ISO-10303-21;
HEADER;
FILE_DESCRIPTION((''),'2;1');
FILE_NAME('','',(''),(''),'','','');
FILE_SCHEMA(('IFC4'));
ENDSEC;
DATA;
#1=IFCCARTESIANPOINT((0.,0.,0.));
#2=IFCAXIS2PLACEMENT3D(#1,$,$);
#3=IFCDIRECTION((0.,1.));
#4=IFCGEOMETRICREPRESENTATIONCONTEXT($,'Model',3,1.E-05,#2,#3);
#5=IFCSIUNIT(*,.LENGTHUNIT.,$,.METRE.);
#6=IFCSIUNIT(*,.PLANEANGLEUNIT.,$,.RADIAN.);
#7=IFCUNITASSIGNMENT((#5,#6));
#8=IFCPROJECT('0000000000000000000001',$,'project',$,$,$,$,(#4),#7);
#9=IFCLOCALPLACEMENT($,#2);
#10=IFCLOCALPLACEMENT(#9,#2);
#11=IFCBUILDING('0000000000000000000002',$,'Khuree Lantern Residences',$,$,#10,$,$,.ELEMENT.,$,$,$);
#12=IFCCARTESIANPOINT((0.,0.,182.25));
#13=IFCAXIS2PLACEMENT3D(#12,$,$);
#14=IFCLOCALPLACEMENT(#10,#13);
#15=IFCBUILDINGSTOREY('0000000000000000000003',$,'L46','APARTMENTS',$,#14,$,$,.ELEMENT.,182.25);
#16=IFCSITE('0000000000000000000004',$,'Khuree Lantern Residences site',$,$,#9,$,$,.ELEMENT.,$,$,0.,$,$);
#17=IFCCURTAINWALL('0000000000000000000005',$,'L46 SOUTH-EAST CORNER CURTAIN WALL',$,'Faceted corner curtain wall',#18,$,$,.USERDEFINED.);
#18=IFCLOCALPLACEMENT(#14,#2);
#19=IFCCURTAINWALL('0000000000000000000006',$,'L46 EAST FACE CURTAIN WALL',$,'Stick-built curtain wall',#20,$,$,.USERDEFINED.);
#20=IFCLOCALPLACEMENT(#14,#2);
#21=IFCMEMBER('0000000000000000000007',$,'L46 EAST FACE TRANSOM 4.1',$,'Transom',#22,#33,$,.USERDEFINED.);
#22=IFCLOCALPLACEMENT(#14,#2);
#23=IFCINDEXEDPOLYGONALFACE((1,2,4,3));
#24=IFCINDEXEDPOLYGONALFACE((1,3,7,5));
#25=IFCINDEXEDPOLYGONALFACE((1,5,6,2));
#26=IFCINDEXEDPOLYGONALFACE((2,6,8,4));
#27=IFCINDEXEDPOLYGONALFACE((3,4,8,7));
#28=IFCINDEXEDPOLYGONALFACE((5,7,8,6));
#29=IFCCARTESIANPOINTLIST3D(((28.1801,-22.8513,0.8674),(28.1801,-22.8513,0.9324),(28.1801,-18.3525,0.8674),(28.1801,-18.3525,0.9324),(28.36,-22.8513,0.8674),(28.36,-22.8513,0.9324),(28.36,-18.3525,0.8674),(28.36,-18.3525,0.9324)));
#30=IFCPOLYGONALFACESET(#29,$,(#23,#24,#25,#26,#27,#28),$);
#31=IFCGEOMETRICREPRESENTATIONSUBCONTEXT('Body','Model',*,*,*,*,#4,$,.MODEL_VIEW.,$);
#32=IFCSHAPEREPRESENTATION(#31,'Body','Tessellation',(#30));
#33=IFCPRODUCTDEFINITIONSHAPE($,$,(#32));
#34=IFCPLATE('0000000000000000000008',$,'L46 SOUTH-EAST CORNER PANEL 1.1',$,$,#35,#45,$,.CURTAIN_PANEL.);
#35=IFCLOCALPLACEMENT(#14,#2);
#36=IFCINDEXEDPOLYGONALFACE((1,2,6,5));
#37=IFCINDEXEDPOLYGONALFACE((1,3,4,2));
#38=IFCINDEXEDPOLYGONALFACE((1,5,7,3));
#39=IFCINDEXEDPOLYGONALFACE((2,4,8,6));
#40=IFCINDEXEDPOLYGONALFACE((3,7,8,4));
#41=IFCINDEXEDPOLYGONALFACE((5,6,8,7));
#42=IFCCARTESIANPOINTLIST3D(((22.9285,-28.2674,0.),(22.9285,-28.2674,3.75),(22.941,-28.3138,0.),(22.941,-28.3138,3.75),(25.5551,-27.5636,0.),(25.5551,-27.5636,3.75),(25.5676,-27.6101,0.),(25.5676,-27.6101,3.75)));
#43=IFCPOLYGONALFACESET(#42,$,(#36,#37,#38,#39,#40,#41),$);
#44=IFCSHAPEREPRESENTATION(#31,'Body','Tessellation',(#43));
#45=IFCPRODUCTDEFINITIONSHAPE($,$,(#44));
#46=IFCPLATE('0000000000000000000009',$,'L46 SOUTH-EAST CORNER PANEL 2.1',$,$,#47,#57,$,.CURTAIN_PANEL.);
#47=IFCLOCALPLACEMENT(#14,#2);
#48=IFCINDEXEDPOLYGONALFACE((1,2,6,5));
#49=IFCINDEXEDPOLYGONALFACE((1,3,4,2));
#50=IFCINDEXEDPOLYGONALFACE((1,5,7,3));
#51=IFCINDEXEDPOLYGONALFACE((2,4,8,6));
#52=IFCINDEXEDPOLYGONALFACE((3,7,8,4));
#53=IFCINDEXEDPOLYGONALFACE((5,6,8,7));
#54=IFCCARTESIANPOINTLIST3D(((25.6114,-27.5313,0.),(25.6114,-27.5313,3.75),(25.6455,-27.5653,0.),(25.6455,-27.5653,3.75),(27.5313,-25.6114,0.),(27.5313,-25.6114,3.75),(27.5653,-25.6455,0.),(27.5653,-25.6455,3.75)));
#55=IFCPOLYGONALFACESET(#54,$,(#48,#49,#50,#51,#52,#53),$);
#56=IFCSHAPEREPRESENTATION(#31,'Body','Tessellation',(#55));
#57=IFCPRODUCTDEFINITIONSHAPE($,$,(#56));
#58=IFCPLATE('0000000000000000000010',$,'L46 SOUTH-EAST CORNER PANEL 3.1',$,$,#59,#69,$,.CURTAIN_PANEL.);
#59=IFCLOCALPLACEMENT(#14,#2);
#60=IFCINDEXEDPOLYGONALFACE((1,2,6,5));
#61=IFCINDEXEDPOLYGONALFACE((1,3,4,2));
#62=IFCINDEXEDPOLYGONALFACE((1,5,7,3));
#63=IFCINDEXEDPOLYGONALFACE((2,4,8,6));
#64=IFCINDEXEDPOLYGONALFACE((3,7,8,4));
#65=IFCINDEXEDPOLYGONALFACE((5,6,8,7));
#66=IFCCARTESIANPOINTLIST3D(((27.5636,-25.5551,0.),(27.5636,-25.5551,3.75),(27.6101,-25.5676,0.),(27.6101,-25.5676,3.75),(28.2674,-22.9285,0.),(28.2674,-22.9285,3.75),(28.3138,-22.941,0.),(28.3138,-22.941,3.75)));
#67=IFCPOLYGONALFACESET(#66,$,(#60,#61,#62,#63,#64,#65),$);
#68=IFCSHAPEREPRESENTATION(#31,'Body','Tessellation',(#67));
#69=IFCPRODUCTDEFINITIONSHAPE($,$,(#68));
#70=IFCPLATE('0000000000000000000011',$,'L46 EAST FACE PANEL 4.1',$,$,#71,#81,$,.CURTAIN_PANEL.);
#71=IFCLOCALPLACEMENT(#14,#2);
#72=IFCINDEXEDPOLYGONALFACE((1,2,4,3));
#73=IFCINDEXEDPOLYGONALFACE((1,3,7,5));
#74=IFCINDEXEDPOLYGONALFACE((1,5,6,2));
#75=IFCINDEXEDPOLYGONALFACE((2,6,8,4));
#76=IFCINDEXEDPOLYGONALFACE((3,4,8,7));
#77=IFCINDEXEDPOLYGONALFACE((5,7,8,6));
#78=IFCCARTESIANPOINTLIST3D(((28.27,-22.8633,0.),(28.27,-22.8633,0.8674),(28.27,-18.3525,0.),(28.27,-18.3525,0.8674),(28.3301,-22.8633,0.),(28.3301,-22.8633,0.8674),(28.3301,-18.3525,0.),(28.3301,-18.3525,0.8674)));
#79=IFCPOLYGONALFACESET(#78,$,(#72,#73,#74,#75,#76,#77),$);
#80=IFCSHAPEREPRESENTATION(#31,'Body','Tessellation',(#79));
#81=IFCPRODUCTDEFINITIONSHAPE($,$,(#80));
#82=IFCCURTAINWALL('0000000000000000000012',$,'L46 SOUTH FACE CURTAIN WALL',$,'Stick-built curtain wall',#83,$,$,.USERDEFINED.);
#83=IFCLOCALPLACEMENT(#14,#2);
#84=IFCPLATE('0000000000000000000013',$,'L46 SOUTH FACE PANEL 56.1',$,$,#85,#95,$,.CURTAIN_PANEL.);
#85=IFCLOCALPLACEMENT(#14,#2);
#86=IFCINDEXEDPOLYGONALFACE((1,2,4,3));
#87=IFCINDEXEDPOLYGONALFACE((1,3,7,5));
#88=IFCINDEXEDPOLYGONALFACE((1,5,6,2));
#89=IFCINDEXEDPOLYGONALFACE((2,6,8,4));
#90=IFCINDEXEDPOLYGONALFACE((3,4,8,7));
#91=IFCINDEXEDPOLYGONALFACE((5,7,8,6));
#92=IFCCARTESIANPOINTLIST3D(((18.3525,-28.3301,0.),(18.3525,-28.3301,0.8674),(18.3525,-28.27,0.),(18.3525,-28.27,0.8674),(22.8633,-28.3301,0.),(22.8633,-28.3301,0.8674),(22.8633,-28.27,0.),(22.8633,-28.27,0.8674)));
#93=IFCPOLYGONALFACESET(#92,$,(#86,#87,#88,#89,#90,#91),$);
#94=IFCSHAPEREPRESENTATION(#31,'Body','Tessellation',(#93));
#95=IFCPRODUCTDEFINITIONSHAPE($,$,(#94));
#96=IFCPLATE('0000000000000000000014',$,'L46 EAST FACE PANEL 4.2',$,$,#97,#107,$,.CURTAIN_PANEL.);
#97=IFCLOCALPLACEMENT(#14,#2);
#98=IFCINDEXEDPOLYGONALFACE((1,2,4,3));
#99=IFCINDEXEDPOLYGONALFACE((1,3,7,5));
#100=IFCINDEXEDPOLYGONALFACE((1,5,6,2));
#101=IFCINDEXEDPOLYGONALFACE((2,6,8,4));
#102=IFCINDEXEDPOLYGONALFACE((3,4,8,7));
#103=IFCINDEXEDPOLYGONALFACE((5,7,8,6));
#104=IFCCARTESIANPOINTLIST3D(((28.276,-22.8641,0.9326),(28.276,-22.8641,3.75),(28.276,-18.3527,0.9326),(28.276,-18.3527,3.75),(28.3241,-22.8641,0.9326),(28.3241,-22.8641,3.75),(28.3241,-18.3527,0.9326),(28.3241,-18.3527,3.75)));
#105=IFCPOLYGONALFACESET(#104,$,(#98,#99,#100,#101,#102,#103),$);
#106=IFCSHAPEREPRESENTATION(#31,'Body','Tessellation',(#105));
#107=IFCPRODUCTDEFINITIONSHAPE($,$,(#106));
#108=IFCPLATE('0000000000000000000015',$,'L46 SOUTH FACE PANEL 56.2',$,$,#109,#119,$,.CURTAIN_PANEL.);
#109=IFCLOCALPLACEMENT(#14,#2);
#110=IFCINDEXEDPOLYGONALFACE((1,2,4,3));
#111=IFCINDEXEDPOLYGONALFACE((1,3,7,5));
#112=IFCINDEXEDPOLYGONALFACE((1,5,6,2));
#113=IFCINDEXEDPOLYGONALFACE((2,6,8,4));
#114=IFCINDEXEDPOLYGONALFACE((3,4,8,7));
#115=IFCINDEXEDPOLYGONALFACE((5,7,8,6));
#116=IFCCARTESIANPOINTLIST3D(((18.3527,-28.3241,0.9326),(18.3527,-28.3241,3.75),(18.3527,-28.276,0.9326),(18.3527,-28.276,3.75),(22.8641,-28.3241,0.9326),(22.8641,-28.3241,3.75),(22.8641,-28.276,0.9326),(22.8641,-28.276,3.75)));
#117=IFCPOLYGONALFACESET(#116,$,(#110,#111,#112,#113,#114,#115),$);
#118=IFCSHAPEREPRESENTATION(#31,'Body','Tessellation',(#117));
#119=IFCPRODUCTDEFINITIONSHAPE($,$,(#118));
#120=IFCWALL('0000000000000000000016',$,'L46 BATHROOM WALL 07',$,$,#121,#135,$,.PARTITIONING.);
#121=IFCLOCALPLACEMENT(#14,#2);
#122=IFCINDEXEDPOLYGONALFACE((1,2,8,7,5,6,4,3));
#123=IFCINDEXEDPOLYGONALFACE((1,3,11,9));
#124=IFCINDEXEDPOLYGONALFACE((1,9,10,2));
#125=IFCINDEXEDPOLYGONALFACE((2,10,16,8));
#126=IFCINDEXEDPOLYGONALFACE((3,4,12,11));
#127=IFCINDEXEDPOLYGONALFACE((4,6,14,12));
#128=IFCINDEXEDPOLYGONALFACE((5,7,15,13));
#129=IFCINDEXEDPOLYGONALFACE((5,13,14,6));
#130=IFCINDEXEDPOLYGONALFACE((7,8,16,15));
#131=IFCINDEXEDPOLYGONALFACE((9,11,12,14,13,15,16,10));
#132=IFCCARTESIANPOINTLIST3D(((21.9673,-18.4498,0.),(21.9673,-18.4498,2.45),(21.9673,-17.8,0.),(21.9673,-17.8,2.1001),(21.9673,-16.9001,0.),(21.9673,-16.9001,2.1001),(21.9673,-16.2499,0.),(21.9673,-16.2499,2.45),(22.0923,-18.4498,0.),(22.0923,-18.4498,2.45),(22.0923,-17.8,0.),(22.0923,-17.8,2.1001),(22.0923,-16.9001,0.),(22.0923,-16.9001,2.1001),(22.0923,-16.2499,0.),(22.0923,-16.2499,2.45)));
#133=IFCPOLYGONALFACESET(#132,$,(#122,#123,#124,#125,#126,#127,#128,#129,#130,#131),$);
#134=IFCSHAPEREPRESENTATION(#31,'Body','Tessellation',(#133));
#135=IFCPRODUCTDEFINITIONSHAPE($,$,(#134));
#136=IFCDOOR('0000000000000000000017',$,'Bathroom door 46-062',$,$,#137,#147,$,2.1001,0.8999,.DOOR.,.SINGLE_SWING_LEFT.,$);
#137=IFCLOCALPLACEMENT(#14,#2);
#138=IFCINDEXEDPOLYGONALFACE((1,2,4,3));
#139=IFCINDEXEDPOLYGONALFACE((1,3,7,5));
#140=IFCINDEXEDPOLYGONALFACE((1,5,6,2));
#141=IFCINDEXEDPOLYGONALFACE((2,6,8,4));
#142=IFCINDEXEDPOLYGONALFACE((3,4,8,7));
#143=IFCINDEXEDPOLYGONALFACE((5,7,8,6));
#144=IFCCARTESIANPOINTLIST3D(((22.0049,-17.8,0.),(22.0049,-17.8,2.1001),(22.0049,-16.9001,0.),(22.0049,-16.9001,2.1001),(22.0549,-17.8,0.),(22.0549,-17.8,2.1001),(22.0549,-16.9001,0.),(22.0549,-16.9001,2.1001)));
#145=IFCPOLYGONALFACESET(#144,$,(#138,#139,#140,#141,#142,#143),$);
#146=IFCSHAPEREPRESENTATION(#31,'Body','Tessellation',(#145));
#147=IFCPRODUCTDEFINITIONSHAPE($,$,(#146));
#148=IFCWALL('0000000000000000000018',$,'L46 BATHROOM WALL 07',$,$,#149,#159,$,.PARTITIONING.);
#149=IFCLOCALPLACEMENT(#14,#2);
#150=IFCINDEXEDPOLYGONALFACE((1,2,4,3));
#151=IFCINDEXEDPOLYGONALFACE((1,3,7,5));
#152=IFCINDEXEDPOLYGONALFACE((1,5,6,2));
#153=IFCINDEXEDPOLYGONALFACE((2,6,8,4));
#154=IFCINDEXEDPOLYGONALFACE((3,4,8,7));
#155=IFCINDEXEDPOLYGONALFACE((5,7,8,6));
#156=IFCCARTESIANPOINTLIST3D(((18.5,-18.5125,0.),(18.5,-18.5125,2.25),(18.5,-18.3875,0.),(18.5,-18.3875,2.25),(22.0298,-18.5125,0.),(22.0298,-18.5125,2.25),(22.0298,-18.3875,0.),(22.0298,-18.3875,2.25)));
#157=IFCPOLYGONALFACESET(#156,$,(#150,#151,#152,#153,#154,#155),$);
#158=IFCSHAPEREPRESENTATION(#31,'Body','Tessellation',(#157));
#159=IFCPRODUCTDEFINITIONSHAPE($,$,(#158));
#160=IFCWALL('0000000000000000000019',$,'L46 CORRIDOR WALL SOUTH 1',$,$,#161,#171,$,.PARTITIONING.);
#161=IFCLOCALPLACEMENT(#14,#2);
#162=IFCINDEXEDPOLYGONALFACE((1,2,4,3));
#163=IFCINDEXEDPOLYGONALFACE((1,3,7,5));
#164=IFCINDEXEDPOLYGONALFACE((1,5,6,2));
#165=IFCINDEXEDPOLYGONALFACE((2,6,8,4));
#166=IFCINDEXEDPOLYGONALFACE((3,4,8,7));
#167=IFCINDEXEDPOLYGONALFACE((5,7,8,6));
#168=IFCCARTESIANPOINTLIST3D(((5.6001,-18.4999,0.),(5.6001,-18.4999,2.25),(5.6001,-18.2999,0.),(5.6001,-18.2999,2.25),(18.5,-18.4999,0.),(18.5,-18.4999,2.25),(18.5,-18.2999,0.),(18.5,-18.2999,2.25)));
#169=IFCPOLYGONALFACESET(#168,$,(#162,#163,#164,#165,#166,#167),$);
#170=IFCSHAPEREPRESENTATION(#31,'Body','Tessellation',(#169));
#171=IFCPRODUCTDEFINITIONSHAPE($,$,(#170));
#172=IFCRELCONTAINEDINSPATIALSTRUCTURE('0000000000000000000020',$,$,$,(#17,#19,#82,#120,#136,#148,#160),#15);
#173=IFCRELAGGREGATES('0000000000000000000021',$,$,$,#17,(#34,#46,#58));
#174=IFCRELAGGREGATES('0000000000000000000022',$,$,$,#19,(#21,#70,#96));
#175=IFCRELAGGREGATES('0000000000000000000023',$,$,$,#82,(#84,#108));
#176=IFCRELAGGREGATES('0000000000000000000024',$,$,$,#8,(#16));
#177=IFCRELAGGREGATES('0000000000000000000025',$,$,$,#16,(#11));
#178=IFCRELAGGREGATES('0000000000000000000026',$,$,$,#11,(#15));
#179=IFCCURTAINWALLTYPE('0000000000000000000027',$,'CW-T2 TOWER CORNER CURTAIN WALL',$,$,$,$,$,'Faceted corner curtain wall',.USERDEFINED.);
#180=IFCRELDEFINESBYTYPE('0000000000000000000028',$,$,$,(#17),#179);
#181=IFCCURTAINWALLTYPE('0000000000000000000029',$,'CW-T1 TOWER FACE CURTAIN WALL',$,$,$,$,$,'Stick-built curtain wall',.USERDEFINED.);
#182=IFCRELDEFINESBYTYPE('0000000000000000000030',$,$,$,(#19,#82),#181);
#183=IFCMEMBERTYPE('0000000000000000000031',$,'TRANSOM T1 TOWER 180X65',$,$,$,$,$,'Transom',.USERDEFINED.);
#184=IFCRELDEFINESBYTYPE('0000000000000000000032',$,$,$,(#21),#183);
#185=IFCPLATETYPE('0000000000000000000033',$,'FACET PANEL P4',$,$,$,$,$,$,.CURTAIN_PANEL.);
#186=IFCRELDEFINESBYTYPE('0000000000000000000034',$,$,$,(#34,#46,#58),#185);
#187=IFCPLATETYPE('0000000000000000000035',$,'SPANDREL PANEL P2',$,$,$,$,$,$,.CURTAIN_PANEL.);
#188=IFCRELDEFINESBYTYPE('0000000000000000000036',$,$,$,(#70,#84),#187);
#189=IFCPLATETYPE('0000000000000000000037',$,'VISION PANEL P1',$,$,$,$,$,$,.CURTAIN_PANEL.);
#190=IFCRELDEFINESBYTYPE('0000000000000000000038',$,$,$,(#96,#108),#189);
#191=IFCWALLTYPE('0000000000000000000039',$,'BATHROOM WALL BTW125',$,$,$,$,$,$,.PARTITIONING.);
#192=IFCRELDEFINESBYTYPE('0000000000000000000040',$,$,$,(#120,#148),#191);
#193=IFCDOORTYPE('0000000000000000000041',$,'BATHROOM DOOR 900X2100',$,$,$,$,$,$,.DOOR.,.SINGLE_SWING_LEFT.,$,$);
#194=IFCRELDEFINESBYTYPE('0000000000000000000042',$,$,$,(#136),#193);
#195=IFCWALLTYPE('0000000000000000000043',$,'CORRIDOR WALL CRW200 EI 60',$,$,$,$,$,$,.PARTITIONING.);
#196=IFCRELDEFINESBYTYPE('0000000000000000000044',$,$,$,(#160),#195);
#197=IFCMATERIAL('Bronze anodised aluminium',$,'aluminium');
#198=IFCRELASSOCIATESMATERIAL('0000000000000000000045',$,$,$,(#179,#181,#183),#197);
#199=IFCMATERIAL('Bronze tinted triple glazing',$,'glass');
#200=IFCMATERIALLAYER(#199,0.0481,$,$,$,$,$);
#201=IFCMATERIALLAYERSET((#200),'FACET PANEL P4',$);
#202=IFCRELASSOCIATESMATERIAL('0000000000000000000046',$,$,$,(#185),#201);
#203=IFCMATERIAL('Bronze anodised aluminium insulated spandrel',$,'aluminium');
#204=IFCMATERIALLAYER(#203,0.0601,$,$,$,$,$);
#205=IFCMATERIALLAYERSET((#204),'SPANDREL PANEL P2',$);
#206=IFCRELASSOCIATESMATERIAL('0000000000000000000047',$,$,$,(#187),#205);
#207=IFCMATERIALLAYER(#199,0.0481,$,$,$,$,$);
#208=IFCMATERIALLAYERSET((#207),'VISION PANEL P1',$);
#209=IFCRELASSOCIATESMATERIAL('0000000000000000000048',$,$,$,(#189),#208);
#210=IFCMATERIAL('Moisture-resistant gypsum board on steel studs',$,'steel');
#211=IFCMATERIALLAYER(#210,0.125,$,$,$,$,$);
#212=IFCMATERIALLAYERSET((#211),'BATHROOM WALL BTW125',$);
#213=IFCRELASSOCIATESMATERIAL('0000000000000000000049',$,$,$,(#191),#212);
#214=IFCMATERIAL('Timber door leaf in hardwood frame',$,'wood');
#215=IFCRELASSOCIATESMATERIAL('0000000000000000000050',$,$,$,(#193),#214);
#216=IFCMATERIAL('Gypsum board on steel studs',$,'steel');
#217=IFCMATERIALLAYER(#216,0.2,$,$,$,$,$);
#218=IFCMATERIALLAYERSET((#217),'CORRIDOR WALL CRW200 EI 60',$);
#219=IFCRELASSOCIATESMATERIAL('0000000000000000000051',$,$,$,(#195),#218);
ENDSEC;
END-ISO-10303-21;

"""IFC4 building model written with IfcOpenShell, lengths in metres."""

from ifc_helpers import new_model, si_unit, direction, frame, frame_2d, origin, origin_2d, place, context, subcontext, project, spatial, rectangle, extrude, material, layer, layer_set, material_profile, profile_set, type_object, element, fill, aggregate, save


model = new_model("IFC4")

# Units and contexts
model_context = context("Model", 3, precision=1e-05, world=origin(), true_north=direction((0.0, 1.0)))
body_context = subcontext(model_context, "Body", "Model", "MODEL_VIEW")
ifc_project = project(units=[si_unit("LENGTHUNIT", "METRE"), si_unit("PLANEANGLEUNIT", "RADIAN")], contexts=[model_context])

# Site, building, storey
site_placement = place(None, origin())
site = spatial("IfcSite", under=ifc_project, at=site_placement, Name="Khuree Lantern Residences site", CompositionType="ELEMENT", RefElevation=0.0)
building_placement = place(site_placement, origin())
building = spatial("IfcBuilding", under=site, at=building_placement, Name="Khuree Lantern Residences", CompositionType="ELEMENT")
storey_placement = place(building_placement, frame((0.0, 0.0, 182.25)))
storey = spatial("IfcBuildingStorey", under=building, at=storey_placement, Name="L46", Description="APARTMENTS", CompositionType="ELEMENT", Elevation=182.25)

# Curtain wall
ifc_material_1 = material(Name="Bronze anodised aluminium", Category="aluminium")
curtain_wall_type_1 = type_object("IfcCurtainWallType", Name="CW-T2 TOWER CORNER CURTAIN WALL", ElementType="Faceted corner curtain wall", PredefinedType="USERDEFINED", material=ifc_material_1)
curtain_wall_1_placement = place(storey_placement, origin())
curtain_wall_1 = element("IfcCurtainWall", 1, at=curtain_wall_1_placement, inside=storey, type_object=curtain_wall_type_1, Name="L46 SOUTH-EAST CORNER CURTAIN WALL", ObjectType="Faceted corner curtain wall", PredefinedType="USERDEFINED")

# Curtain wall, member
curtain_wall_type_2 = type_object("IfcCurtainWallType", Name="CW-T1 TOWER FACE CURTAIN WALL", ElementType="Stick-built curtain wall", PredefinedType="USERDEFINED", material=ifc_material_1)
curtain_wall_2_placement = place(storey_placement, origin())
curtain_wall_2 = element("IfcCurtainWall", 2, at=curtain_wall_2_placement, inside=storey, type_object=curtain_wall_type_2, Name="L46 EAST FACE CURTAIN WALL", ObjectType="Stick-built curtain wall", PredefinedType="USERDEFINED")
ifc_material_profile_1 = material_profile(ifc_material_1, rectangle(XDim=0.1799, YDim=0.0649, at=origin_2d()), Name="T1 180X65")
ifc_profile_set_1 = profile_set([ifc_material_profile_1], Name="Bronze anodised aluminium")
member_type_1 = type_object("IfcMemberType", Name="TRANSOM T1 TOWER 180X65", ElementType="Transom", PredefinedType="USERDEFINED", material=ifc_profile_set_1)
member_1_placement = place(storey_placement, frame((28.27, -22.8513, 0.8999), z_axis=(0.0, 1.0, 0.0), x_axis=(-1.0, 0.0, 0.0)))
member_1 = element("IfcMember", 3, at=member_1_placement, type_object=member_type_1, Name="L46 EAST FACE TRANSOM 4.1", ObjectType="Transom", PredefinedType="USERDEFINED", context=body_context, shape_type="SweptSolid", body=[
    extrude(rectangle(XDim=0.1799, YDim=0.0649, at=origin_2d()), origin(), (0.0, 0.0, 1.0), 4.4988),
])

# Plates
ifc_material_2 = material(Name="Bronze tinted triple glazing", Category="glass")
ifc_layer_1 = layer(ifc_material_2, 0.0481)
ifc_layer_set_1 = layer_set([ifc_layer_1], Name="FACET PANEL P4")
plate_type_1 = type_object("IfcPlateType", Name="FACET PANEL P4", PredefinedType="CURTAIN_PANEL", material=ifc_layer_set_1)
plate_1_placement = place(storey_placement, frame((24.248, -27.9387, 0.0), z_axis=(0.0, 0.0, 1.0), x_axis=(0.965926, 0.258819, 0.0)))
plate_1 = element("IfcPlate", 4, at=plate_1_placement, type_object=plate_type_1, Name="L46 SOUTH-EAST CORNER PANEL 1.1", PredefinedType="CURTAIN_PANEL", context=body_context, shape_type="SweptSolid", body=[
    extrude(rectangle(XDim=2.7192, YDim=0.0481, at=origin_2d()), origin(), (0.0, 0.0, 1.0), 3.75),
])
plate_2_placement = place(storey_placement, frame((26.5884, -26.5884, 0.0), z_axis=(0.0, 0.0, 1.0), x_axis=(0.707107, 0.707107, 0.0)))
plate_2 = element("IfcPlate", 5, at=plate_2_placement, type_object=plate_type_1, Name="L46 SOUTH-EAST CORNER PANEL 2.1", PredefinedType="CURTAIN_PANEL", context=body_context, shape_type="SweptSolid", body=[
    extrude(rectangle(XDim=2.7151, YDim=0.0481, at=origin_2d()), origin(), (0.0, 0.0, 1.0), 3.75),
])
plate_3_placement = place(storey_placement, frame((27.9387, -24.248, 0.0), z_axis=(0.0, 0.0, 1.0), x_axis=(0.258819, 0.965926, 0.0)))
plate_3 = element("IfcPlate", 6, at=plate_3_placement, type_object=plate_type_1, Name="L46 SOUTH-EAST CORNER PANEL 3.1", PredefinedType="CURTAIN_PANEL", context=body_context, shape_type="SweptSolid", body=[
    extrude(rectangle(XDim=2.7192, YDim=0.0481, at=origin_2d()), origin(), (0.0, 0.0, 1.0), 3.75),
])
aggregate(curtain_wall_1, [plate_1, plate_2, plate_3])
ifc_material_3 = material(Name="Bronze anodised aluminium insulated spandrel", Category="aluminium")
ifc_layer_2 = layer(ifc_material_3, 0.0601)
ifc_layer_set_2 = layer_set([ifc_layer_2], Name="SPANDREL PANEL P2")
plate_type_2 = type_object("IfcPlateType", Name="SPANDREL PANEL P2", PredefinedType="CURTAIN_PANEL", material=ifc_layer_set_2)
plate_4_placement = place(storey_placement, frame((28.3, -20.6079, 0.0), z_axis=(0.0, 0.0, 1.0), x_axis=(0.0, 1.0, 0.0)))
plate_4 = element("IfcPlate", 7, at=plate_4_placement, type_object=plate_type_2, Name="L46 EAST FACE PANEL 4.1", PredefinedType="CURTAIN_PANEL", context=body_context, shape_type="SweptSolid", body=[
    extrude(rectangle(XDim=4.5107, YDim=0.0601, at=origin_2d()), origin(), (0.0, 0.0, 1.0), 0.8674),
])

# Curtain wall, plate
curtain_wall_3_placement = place(storey_placement, origin())
curtain_wall_3 = element("IfcCurtainWall", 8, at=curtain_wall_3_placement, inside=storey, type_object=curtain_wall_type_2, Name="L46 SOUTH FACE CURTAIN WALL", ObjectType="Stick-built curtain wall", PredefinedType="USERDEFINED")
plate_5_placement = place(storey_placement, frame((20.6079, -28.3, 0.0), z_axis=(0.0, 0.0, 1.0), x_axis=(1.0, 0.0, 0.0)))
plate_5 = element("IfcPlate", 9, at=plate_5_placement, type_object=plate_type_2, Name="L46 SOUTH FACE PANEL 56.1", PredefinedType="CURTAIN_PANEL", context=body_context, shape_type="SweptSolid", body=[
    extrude(rectangle(XDim=4.5107, YDim=0.0601, at=origin_2d()), origin(), (0.0, 0.0, 1.0), 0.8674),
])

# Plates
ifc_layer_3 = layer(ifc_material_2, 0.0481)
ifc_layer_set_3 = layer_set([ifc_layer_3], Name="VISION PANEL P1")
plate_type_3 = type_object("IfcPlateType", Name="VISION PANEL P1", PredefinedType="CURTAIN_PANEL", material=ifc_layer_set_3)
plate_6_placement = place(storey_placement, frame((28.3, -20.6084, 0.9326), z_axis=(0.0, 0.0, 1.0), x_axis=(0.0, 1.0, 0.0)))
plate_6 = element("IfcPlate", 10, at=plate_6_placement, type_object=plate_type_3, Name="L46 EAST FACE PANEL 4.2", PredefinedType="CURTAIN_PANEL", context=body_context, shape_type="SweptSolid", body=[
    extrude(rectangle(XDim=4.5115, YDim=0.0481, at=origin_2d()), origin(), (0.0, 0.0, 1.0), 2.8174),
])
aggregate(curtain_wall_2, [member_1, plate_4, plate_6])
plate_7_placement = place(storey_placement, frame((20.6084, -28.3, 0.9326), z_axis=(0.0, 0.0, 1.0), x_axis=(1.0, 0.0, 0.0)))
plate_7 = element("IfcPlate", 11, at=plate_7_placement, type_object=plate_type_3, Name="L46 SOUTH FACE PANEL 56.2", PredefinedType="CURTAIN_PANEL", context=body_context, shape_type="SweptSolid", body=[
    extrude(rectangle(XDim=4.5115, YDim=0.0481, at=origin_2d()), origin(), (0.0, 0.0, 1.0), 2.8174),
])
aggregate(curtain_wall_3, [plate_5, plate_7])

# Wall, opening, door
ifc_material_4 = material(Name="Moisture-resistant gypsum board on steel studs", Category="steel")
ifc_layer_4 = layer(ifc_material_4, 0.125)
ifc_layer_set_4 = layer_set([ifc_layer_4], Name="BATHROOM WALL BTW125")
wall_type_1 = type_object("IfcWallType", Name="BATHROOM WALL BTW125", PredefinedType="PARTITIONING", material=ifc_layer_set_4)
wall_1_placement = place(storey_placement, frame((22.0298, -18.45, 0.0), z_axis=(0.0, 0.0, 1.0), x_axis=(0.0, 1.0, 0.0)))
wall_1 = element("IfcWall", 12, at=wall_1_placement, inside=storey, type_object=wall_type_1, Name="L46 BATHROOM WALL 07", PredefinedType="PARTITIONING", context=body_context, shape_type="SweptSolid", body=[
    extrude(rectangle(XDim=2.2, YDim=0.125, at=frame_2d((1.1001, 0.0))), origin(), (0.0, 0.0, 1.0), 2.45),
])
opening_placement = place(wall_1_placement, frame((0.6499, 0.0, 0.0)))
opening = element("IfcOpeningElement", 13, at=opening_placement, cuts=wall_1, PredefinedType="OPENING", context=body_context, shape_type="SweptSolid", body=[
    extrude(rectangle(XDim=0.8999, YDim=2.1001, at=frame_2d((0.45, 1.05))), frame((0.0, 0.0725, 0.0), z_axis=(0.0, -1.0, 0.0), x_axis=(1.0, 0.0, 0.0)), (0.0, 0.0, 1.0), 0.145),
])
ifc_material_5 = material(Name="Timber door leaf in hardwood frame", Category="wood")
door_type = type_object("IfcDoorType", Name="BATHROOM DOOR 900X2100", OperationType="SINGLE_SWING_LEFT", PredefinedType="DOOR", material=ifc_material_5)
door_placement = place(opening_placement, origin())
door = element("IfcDoor", 14, at=door_placement, inside=storey, type_object=door_type, Name="Bathroom door 46-062", OperationType="SINGLE_SWING_LEFT", OverallHeight=2.1001, OverallWidth=0.8999, PredefinedType="DOOR", context=body_context, shape_type="SweptSolid", body=[
    extrude(rectangle(XDim=0.8999, YDim=2.1001, at=frame_2d((0.45, 1.05))), frame((0.0, 0.0249, 0.0), z_axis=(0.0, -1.0, 0.0), x_axis=(1.0, 0.0, 0.0)), (0.0, 0.0, 1.0), 0.05),
])
fill(opening, door)

# Walls
wall_2_placement = place(storey_placement, frame((18.5, -18.45, 0.0), z_axis=(0.0, 0.0, 1.0), x_axis=(1.0, 0.0, 0.0)))
element("IfcWall", 15, at=wall_2_placement, inside=storey, type_object=wall_type_1, Name="L46 BATHROOM WALL 07", PredefinedType="PARTITIONING", context=body_context, shape_type="SweptSolid", body=[
    extrude(rectangle(XDim=3.5298, YDim=0.125, at=frame_2d((1.7649, 0.0))), origin(), (0.0, 0.0, 1.0), 2.25),
])
ifc_material_6 = material(Name="Gypsum board on steel studs", Category="steel")
ifc_layer_5 = layer(ifc_material_6, 0.2)
ifc_layer_set_5 = layer_set([ifc_layer_5], Name="CORRIDOR WALL CRW200 EI 60")
wall_type_2 = type_object("IfcWallType", Name="CORRIDOR WALL CRW200 EI 60", PredefinedType="PARTITIONING", material=ifc_layer_set_5)
wall_3_placement = place(storey_placement, frame((18.5, -18.3999, 0.0), z_axis=(0.0, 0.0, 1.0), x_axis=(-1.0, 0.0, 0.0)))
element("IfcWall", 16, at=wall_3_placement, inside=storey, type_object=wall_type_2, Name="L46 CORRIDOR WALL SOUTH 1", PredefinedType="PARTITIONING", context=body_context, shape_type="SweptSolid", body=[
    extrude(rectangle(XDim=12.8999, YDim=0.2, at=frame_2d((6.45, 0.0))), origin(), (0.0, 0.0, 1.0), 2.25),
])

save(model, "model.ifc")
